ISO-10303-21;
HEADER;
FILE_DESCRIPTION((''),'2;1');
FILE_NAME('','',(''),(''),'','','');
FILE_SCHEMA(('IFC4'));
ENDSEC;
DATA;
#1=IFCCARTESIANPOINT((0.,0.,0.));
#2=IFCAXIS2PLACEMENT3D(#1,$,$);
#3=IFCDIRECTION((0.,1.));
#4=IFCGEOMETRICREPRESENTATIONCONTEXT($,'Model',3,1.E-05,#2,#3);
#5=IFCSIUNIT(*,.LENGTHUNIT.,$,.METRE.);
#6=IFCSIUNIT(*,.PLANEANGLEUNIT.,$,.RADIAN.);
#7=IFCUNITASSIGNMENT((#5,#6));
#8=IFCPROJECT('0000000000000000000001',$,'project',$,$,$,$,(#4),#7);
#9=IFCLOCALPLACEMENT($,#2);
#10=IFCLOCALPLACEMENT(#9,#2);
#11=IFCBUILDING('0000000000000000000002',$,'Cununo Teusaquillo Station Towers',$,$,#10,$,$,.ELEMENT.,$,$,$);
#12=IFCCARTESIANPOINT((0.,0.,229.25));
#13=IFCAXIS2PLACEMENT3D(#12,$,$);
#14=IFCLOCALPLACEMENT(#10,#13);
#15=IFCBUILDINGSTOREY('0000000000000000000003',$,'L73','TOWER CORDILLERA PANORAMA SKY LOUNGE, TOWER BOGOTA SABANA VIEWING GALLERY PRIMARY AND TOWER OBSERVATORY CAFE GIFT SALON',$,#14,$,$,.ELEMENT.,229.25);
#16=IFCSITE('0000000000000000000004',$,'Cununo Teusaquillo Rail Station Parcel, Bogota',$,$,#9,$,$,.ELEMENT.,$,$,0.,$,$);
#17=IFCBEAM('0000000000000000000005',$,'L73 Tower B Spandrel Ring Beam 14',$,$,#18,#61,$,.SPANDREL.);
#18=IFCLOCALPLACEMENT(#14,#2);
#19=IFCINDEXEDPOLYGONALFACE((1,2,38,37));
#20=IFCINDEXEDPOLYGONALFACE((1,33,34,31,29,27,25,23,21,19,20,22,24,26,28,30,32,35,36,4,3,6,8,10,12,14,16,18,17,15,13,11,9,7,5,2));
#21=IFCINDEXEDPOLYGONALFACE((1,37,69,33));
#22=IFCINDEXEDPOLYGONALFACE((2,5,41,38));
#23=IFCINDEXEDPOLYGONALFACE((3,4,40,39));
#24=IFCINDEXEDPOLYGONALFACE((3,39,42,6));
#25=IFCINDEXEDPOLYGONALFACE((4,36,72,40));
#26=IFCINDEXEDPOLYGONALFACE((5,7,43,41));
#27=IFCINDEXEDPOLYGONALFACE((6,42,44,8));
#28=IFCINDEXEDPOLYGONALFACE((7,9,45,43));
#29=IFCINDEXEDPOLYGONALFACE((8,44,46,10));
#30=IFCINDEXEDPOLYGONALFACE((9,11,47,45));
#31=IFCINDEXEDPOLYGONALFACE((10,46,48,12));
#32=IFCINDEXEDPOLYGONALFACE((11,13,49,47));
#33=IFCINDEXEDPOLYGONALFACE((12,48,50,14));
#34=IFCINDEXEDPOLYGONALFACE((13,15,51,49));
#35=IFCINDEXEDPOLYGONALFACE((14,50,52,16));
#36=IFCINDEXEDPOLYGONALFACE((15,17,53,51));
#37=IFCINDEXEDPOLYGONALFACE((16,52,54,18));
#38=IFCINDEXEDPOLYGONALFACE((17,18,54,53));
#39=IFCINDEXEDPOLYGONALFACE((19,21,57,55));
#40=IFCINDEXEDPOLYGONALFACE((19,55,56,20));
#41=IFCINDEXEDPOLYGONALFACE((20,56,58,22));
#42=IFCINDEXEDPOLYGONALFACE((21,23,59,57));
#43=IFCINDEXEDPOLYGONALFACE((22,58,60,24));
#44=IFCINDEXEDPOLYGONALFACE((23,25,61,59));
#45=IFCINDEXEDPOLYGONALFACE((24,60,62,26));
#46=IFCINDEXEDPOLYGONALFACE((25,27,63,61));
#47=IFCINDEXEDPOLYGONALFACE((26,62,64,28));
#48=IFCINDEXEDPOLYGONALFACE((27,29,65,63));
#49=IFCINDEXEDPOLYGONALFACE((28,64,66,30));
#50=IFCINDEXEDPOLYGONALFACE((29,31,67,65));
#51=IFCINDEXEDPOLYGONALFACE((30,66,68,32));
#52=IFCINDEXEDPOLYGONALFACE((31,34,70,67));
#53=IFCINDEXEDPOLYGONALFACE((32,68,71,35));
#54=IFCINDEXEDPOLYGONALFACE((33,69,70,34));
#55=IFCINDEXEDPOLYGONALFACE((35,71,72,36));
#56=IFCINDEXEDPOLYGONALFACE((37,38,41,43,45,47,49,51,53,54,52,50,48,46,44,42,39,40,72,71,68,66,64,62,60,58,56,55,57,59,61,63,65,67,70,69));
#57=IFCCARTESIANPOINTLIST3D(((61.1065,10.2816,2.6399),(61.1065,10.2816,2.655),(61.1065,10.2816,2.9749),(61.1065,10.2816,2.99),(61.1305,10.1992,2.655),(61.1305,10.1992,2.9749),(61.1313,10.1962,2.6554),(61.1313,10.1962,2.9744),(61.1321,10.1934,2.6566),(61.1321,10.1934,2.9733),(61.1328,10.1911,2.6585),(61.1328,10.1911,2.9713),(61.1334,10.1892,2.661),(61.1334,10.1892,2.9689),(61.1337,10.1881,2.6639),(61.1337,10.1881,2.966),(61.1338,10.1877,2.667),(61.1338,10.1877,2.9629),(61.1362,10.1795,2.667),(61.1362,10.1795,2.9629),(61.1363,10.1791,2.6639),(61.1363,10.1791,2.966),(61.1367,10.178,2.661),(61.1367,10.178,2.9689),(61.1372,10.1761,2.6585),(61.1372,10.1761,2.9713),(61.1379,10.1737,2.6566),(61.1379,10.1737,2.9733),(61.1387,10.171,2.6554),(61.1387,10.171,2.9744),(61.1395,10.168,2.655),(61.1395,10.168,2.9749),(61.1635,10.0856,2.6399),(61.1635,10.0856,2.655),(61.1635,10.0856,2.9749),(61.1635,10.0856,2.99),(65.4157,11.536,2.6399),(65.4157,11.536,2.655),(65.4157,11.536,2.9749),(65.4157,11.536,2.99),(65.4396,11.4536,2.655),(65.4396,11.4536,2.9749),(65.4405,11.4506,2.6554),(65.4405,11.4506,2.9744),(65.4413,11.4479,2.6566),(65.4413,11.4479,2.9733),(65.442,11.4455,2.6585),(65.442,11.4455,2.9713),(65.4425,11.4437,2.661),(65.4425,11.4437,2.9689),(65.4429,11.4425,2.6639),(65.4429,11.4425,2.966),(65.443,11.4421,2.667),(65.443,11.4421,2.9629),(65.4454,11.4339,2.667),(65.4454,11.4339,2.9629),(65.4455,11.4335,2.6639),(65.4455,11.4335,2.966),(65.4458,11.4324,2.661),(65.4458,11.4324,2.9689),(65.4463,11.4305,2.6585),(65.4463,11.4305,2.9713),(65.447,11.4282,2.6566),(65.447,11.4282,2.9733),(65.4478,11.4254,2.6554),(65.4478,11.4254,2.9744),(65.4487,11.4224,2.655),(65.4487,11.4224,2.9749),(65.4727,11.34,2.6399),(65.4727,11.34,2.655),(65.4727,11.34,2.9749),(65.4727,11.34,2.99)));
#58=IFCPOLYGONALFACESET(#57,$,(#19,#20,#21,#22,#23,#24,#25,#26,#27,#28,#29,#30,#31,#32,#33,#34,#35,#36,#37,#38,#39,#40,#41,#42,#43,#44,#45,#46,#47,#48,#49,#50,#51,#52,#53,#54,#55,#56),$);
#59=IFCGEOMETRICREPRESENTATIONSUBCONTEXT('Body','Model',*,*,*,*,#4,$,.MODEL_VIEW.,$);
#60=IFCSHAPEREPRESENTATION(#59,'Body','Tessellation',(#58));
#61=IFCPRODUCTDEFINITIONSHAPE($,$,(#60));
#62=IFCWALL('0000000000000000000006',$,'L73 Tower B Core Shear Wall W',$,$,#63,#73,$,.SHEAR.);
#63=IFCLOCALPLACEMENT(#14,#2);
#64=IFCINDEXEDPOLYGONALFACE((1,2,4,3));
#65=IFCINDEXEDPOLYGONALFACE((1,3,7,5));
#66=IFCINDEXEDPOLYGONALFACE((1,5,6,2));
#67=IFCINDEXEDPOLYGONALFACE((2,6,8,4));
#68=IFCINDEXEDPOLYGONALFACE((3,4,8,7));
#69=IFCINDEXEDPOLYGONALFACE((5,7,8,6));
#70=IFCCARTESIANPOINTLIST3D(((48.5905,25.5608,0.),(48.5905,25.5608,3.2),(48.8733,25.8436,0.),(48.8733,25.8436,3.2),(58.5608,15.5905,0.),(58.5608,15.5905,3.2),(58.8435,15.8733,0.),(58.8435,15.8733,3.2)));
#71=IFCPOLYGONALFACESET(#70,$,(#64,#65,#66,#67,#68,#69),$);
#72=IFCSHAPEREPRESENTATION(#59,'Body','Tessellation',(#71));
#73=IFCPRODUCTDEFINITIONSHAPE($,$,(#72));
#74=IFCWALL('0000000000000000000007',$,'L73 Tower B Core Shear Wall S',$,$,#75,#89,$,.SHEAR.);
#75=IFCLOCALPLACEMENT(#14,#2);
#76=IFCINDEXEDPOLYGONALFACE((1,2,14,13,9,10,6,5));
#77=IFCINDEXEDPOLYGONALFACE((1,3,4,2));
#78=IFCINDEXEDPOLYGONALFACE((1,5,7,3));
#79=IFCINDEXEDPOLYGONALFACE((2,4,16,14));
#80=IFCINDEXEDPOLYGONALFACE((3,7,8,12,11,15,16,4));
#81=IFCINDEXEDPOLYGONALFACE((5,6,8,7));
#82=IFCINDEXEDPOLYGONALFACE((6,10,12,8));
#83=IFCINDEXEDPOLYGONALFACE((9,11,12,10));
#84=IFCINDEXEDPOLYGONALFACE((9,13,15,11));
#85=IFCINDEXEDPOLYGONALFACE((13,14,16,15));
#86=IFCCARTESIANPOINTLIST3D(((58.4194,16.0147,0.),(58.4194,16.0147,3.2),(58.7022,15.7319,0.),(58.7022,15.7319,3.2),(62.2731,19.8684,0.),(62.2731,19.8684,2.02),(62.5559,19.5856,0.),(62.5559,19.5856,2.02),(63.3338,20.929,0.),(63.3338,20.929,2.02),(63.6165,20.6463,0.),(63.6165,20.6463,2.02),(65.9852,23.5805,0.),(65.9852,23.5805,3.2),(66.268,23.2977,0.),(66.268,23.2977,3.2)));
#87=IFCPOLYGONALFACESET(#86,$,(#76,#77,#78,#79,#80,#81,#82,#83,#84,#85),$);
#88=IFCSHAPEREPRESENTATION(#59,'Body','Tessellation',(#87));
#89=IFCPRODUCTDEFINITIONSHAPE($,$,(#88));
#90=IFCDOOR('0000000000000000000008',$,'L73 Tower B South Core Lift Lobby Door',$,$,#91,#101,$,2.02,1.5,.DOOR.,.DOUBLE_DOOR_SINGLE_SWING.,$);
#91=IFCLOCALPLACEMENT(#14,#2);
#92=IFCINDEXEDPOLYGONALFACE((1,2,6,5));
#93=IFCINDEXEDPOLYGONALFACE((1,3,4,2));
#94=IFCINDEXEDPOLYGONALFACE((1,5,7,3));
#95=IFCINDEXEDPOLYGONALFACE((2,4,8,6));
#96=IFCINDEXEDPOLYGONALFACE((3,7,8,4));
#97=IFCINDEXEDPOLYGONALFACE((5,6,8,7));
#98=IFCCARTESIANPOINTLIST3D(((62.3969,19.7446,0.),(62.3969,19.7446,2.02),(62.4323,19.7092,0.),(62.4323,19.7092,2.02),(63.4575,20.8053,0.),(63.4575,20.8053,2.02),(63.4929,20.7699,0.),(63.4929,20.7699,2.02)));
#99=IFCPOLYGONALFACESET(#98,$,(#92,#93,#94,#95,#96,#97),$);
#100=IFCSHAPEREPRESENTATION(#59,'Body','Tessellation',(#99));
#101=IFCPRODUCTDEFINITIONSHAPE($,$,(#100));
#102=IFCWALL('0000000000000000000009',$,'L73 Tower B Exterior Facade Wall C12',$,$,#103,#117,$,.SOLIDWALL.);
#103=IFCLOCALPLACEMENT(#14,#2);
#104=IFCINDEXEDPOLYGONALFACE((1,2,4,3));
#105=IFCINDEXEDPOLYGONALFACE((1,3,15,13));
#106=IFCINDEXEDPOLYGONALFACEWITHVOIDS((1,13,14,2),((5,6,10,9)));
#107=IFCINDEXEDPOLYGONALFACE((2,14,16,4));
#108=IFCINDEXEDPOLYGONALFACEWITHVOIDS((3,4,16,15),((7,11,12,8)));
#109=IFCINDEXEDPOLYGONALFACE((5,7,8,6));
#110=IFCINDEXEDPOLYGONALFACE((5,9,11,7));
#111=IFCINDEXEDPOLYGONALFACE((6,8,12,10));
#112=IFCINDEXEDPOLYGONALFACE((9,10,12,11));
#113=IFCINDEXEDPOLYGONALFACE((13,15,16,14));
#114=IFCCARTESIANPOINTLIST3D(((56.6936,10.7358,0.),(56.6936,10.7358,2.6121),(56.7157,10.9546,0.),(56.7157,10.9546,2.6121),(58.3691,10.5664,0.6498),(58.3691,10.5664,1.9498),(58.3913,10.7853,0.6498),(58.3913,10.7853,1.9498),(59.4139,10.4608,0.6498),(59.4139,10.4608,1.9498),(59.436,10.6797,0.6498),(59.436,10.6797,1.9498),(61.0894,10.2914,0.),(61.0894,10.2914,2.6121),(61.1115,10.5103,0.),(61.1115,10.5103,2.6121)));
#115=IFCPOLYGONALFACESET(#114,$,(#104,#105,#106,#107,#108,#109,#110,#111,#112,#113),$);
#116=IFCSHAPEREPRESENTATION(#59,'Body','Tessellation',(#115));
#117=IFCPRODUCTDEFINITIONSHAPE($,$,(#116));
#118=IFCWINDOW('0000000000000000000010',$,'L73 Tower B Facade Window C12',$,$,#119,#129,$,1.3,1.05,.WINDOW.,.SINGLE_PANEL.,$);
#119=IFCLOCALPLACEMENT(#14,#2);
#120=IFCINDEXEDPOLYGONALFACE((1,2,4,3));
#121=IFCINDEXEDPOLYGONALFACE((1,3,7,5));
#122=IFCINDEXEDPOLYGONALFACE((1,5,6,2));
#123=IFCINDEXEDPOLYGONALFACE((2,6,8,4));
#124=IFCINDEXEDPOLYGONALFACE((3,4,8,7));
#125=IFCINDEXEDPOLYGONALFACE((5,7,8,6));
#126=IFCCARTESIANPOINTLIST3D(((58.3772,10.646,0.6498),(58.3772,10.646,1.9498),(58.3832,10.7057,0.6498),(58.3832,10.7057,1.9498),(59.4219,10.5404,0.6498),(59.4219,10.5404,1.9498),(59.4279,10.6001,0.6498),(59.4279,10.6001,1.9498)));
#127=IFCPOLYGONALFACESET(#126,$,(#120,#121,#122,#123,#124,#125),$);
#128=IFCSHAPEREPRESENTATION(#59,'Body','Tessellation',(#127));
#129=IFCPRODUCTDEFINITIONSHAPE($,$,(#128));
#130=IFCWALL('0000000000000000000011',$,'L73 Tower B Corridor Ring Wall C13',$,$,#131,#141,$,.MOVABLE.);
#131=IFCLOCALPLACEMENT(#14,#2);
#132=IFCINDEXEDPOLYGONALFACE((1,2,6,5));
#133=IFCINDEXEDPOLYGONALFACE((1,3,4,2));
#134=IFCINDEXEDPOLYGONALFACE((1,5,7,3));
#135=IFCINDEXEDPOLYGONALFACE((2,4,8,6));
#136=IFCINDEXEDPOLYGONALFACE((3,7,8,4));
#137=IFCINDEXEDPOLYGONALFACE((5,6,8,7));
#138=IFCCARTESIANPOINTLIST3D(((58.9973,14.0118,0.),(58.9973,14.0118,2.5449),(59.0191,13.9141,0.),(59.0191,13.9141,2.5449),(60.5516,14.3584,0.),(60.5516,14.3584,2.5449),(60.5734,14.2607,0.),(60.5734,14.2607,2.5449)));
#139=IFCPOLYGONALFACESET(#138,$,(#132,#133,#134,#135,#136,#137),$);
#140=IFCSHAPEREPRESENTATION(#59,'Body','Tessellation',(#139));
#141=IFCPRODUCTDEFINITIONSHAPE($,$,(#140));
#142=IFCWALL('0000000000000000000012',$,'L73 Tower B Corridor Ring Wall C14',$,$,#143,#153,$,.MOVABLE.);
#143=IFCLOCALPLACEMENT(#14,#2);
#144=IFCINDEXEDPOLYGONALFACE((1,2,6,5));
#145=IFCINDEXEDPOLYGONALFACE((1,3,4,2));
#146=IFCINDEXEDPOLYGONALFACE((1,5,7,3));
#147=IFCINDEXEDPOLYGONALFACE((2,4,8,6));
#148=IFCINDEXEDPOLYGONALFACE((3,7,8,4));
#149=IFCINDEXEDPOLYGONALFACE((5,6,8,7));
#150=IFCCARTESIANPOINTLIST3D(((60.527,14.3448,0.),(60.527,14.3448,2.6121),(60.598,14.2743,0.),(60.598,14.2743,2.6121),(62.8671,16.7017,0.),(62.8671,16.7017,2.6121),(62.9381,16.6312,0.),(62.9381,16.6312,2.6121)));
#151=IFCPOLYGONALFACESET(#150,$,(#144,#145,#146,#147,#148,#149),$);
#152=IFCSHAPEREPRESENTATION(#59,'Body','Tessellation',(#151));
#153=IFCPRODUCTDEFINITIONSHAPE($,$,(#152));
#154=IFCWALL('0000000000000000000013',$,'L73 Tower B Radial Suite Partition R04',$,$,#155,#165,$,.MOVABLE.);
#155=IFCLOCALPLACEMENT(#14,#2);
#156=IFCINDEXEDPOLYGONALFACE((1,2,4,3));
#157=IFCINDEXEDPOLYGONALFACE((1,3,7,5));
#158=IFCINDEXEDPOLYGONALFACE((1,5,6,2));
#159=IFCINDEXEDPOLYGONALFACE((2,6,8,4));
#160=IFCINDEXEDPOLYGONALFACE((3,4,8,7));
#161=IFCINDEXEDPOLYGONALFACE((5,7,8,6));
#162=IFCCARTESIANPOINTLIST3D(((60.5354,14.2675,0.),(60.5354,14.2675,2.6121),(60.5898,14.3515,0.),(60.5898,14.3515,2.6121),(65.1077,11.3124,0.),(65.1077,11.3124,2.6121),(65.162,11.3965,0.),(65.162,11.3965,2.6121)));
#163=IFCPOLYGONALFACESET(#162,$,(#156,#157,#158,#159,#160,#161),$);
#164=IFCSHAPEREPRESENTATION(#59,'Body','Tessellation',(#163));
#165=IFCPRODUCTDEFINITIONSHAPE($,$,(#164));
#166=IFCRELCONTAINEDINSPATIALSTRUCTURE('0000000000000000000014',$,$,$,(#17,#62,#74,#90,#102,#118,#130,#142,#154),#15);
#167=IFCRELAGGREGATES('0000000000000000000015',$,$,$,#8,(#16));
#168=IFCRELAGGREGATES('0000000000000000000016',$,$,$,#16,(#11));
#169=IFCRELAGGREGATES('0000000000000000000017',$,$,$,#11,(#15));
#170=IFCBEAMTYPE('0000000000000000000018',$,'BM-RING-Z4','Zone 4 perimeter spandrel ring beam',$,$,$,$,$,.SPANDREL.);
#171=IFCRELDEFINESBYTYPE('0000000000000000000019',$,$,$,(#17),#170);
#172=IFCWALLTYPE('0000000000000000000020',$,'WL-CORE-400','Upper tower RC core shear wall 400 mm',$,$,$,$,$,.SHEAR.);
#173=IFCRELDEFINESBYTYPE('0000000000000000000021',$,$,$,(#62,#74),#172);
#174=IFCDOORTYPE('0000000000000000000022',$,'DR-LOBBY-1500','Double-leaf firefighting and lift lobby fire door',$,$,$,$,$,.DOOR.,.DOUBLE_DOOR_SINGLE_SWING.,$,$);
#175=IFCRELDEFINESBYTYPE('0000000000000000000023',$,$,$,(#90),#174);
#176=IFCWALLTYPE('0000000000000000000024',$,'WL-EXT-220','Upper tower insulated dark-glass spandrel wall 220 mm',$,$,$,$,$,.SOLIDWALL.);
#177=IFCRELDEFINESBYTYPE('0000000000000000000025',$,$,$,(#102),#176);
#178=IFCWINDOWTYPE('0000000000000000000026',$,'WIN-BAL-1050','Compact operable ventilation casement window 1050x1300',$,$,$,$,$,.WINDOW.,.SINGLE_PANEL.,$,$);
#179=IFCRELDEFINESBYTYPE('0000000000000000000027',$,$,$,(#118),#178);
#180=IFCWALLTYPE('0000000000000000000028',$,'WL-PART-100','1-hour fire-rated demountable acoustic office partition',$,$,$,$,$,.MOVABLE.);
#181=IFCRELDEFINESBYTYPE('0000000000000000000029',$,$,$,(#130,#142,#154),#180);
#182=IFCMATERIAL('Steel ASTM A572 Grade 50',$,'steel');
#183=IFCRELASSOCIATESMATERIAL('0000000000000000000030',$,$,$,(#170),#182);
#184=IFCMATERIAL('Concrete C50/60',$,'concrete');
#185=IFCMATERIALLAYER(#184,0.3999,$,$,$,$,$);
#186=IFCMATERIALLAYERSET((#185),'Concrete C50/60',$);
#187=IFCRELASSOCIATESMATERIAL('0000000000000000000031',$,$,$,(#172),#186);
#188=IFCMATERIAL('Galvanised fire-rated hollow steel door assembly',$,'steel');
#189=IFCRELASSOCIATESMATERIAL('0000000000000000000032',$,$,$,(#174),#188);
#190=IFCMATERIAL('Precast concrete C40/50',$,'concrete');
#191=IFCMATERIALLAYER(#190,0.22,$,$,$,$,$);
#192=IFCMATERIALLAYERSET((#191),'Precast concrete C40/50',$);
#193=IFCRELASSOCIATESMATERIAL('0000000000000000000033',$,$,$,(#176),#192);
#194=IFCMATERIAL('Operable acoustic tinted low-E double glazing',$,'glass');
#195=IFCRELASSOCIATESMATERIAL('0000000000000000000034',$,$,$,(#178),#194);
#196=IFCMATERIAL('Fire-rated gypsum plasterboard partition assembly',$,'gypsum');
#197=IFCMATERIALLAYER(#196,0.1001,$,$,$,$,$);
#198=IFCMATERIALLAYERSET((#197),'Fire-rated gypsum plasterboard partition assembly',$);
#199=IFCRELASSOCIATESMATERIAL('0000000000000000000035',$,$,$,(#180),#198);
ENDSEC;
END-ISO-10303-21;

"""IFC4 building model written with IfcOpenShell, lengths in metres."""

from ifc_helpers import new_model, si_unit, direction, frame, frame_2d, origin, origin_2d, place, context, subcontext, project, spatial, rectangle, i_section, extrude, source, transform, mapped, material, layer, layer_set, material_profile, profile_set, type_object, element, fill, save


model = new_model("IFC4")

# Units and contexts
model_context = context("Model", 3, precision=1e-05, world=origin(), true_north=direction((0.0, 1.0)))
body_context = subcontext(model_context, "Body", "Model", "MODEL_VIEW")
ifc_project = project(units=[si_unit("LENGTHUNIT", "METRE"), si_unit("PLANEANGLEUNIT", "RADIAN")], contexts=[model_context])

# Site, building, storey
site_placement = place(None, origin())
site = spatial("IfcSite", under=ifc_project, at=site_placement, Name="Cununo Teusaquillo Rail Station Parcel, Bogota", CompositionType="ELEMENT", RefElevation=0.0)
building_placement = place(site_placement, origin())
building = spatial("IfcBuilding", under=site, at=building_placement, Name="Cununo Teusaquillo Station Towers", CompositionType="ELEMENT")
storey_placement = place(building_placement, frame((0.0, 0.0, 229.25)))
storey = spatial("IfcBuildingStorey", under=building, at=storey_placement, Name="L73", Description="TOWER CORDILLERA PANORAMA SKY LOUNGE, TOWER BOGOTA SABANA VIEWING GALLERY PRIMARY AND TOWER OBSERVATORY CAFE GIFT SALON", CompositionType="ELEMENT", Elevation=229.25)

# Beam
ifc_material_1 = material(Name="Steel ASTM A572 Grade 50", Category="steel")
ifc_material_profile_1 = material_profile(ifc_material_1, i_section(OverallWidth=0.2041, OverallDepth=0.3501, WebThickness=0.0085, FlangeThickness=0.0151, FilletRadius=0.012, at=origin_2d()), Name="W14X48")
ifc_profile_set_1 = profile_set([ifc_material_profile_1], Name="Steel ASTM A572 Grade 50")
beam_type_1 = type_object("IfcBeamType", Name="BM-RING-Z4", Description="Zone 4 perimeter spandrel ring beam", PredefinedType="SPANDREL", material=ifc_profile_set_1)
beam_1_placement = place(storey_placement, frame((61.135, 10.1836, 2.8149), z_axis=(0.960145, 0.279503, 0.0), x_axis=(-0.279503, 0.960145, 0.0)))
element("IfcBeam", 1, at=beam_1_placement, inside=storey, type_object=beam_type_1, Name="L73 Tower B Spandrel Ring Beam 14", PredefinedType="SPANDREL", context=body_context, shape_type="SweptSolid", body=[
    extrude(i_section(OverallWidth=0.2041, OverallDepth=0.3501, WebThickness=0.0085, FlangeThickness=0.0151, FilletRadius=0.012, at=origin_2d()), origin(), (0.0, 0.0, 1.0), 4.488),
])

# Wall
ifc_material_2 = material(Name="Concrete C50/60", Category="concrete")
ifc_layer_1 = layer(ifc_material_2, 0.3999)
ifc_layer_set_1 = layer_set([ifc_layer_1], Name="Concrete C50/60")
wall_type_1 = type_object("IfcWallType", Name="WL-CORE-400", Description="Upper tower RC core shear wall 400 mm", PredefinedType="SHEAR", material=ifc_layer_set_1)
wall_1_placement = place(storey_placement, frame((58.7021, 15.7319, 0.0), z_axis=(0.0, 0.0, 1.0), x_axis=(-0.707107, 0.707107, 0.0)))
element("IfcWall", 2, at=wall_1_placement, inside=storey, type_object=wall_type_1, Name="L73 Tower B Core Shear Wall W", PredefinedType="SHEAR", context=body_context, shape_type="SweptSolid", body=[
    extrude(rectangle(XDim=14.1001, YDim=0.3999, at=frame_2d((7.05, 0.0))), origin(), (0.0, 0.0, 1.0), 3.2),
])

# Wall, opening, door
wall_2_placement = place(storey_placement, frame((58.5608, 15.8733, 0.0), z_axis=(0.0, 0.0, 1.0), x_axis=(0.707107, 0.707107, 0.0)))
wall_2 = element("IfcWall", 3, at=wall_2_placement, inside=storey, type_object=wall_type_1, Name="L73 Tower B Core Shear Wall S", PredefinedType="SHEAR", context=body_context, shape_type="SweptSolid", body=[
    extrude(rectangle(XDim=10.6997, YDim=0.3999, at=frame_2d((5.3499, 0.0))), origin(), (0.0, 0.0, 1.0), 3.2),
])
shared_shape_1 = source(origin(), body_context, "Body", "SweptSolid", [
    extrude(rectangle(XDim=1.5, YDim=2.02, at=frame_2d((0.75, 1.01))), frame((0.0, 0.21, 0.0), z_axis=(0.0, -1.0, 0.0), x_axis=(1.0, 0.0, 0.0)), (0.0, 0.0, 1.0), 0.4199),
])
opening_1_placement = place(wall_2_placement, frame((5.45, 0.0, 0.0)))
opening_1 = element("IfcOpeningElement", 4, at=opening_1_placement, cuts=wall_2, PredefinedType="OPENING", context=body_context, shape_type="MappedRepresentation", body=[
    mapped(shared_shape_1, transform((0.0, 0.0, 0.0), x_axis=(1.0, 0.0, 0.0), y_axis=(0.0, 1.0, 0.0), z_axis=(0.0, 0.0, 1.0), scale=1.0)),
])
ifc_material_3 = material(Name="Galvanised fire-rated hollow steel door assembly", Category="steel")
door_type_1 = type_object("IfcDoorType", Name="DR-LOBBY-1500", Description="Double-leaf firefighting and lift lobby fire door", OperationType="DOUBLE_DOOR_SINGLE_SWING", PredefinedType="DOOR", material=ifc_material_3)
shared_shape_2 = source(origin(), body_context, "Body", "SweptSolid", [
    extrude(rectangle(XDim=1.5, YDim=2.02, at=frame_2d((0.75, 1.01))), frame((0.0, 0.0249, 0.0), z_axis=(0.0, -1.0, 0.0), x_axis=(1.0, 0.0, 0.0)), (0.0, 0.0, 1.0), 0.05),
])
door_1_placement = place(opening_1_placement, origin())
door_1 = element("IfcDoor", 5, at=door_1_placement, inside=storey, type_object=door_type_1, Name="L73 Tower B South Core Lift Lobby Door", OperationType="DOUBLE_DOOR_SINGLE_SWING", OverallHeight=2.02, OverallWidth=1.5, PredefinedType="DOOR", context=body_context, shape_type="MappedRepresentation", body=[
    mapped(shared_shape_2, transform((0.0, 0.0, 0.0), x_axis=(1.0, 0.0, 0.0), y_axis=(0.0, 1.0, 0.0), z_axis=(0.0, 0.0, 1.0), scale=1.0)),
])
fill(opening_1, door_1)

# Wall, opening, window
ifc_material_4 = material(Name="Precast concrete C40/50", Category="concrete")
ifc_layer_2 = layer(ifc_material_4, 0.22)
ifc_layer_set_2 = layer_set([ifc_layer_2], Name="Precast concrete C40/50")
wall_type_2 = type_object("IfcWallType", Name="WL-EXT-220", Description="Upper tower insulated dark-glass spandrel wall 220 mm", PredefinedType="SOLIDWALL", material=ifc_layer_set_2)
wall_3_placement = place(storey_placement, frame((61.1003, 10.4009, 0.0), z_axis=(0.0, 0.0, 1.0), x_axis=(-0.99493, 0.100571, 0.0)))
wall_3 = element("IfcWall", 6, at=wall_3_placement, inside=storey, type_object=wall_type_2, Name="L73 Tower B Exterior Facade Wall C12", PredefinedType="SOLIDWALL", context=body_context, shape_type="SweptSolid", body=[
    extrude(rectangle(XDim=4.4182, YDim=0.22, at=frame_2d((2.209, 0.0))), origin(), (0.0, 0.0, 1.0), 2.6121),
])
shared_shape_3 = source(origin(), body_context, "Body", "SweptSolid", [
    extrude(rectangle(XDim=1.05, YDim=1.3, at=frame_2d((0.5249, 0.6499))), frame((0.0, 0.1199, 0.0), z_axis=(0.0, -1.0, 0.0), x_axis=(1.0, 0.0, 0.0)), (0.0, 0.0, 1.0), 0.24),
])
opening_2_placement = place(wall_3_placement, frame((1.6841, 0.0, 0.6499)))
opening_2 = element("IfcOpeningElement", 7, at=opening_2_placement, cuts=wall_3, PredefinedType="OPENING", context=body_context, shape_type="MappedRepresentation", body=[
    mapped(shared_shape_3, transform((0.0, 0.0, 0.0), x_axis=(1.0, 0.0, 0.0), y_axis=(0.0, 1.0, 0.0), z_axis=(0.0, 0.0, 1.0), scale=1.0)),
])
ifc_material_5 = material(Name="Operable acoustic tinted low-E double glazing", Category="glass")
window_type = type_object("IfcWindowType", Name="WIN-BAL-1050", Description="Compact operable ventilation casement window 1050x1300", PartitioningType="SINGLE_PANEL", PredefinedType="WINDOW", material=ifc_material_5)
shared_shape_4 = source(origin(), body_context, "Body", "SweptSolid", [
    extrude(rectangle(XDim=1.05, YDim=1.3, at=frame_2d((0.5249, 0.6499))), frame((0.0, 0.03, 0.0), z_axis=(0.0, -1.0, 0.0), x_axis=(1.0, 0.0, 0.0)), (0.0, 0.0, 1.0), 0.0601),
])
window_placement = place(opening_2_placement, origin())
window = element("IfcWindow", 8, at=window_placement, inside=storey, type_object=window_type, Name="L73 Tower B Facade Window C12", OverallHeight=1.3, OverallWidth=1.05, PartitioningType="SINGLE_PANEL", PredefinedType="WINDOW", context=body_context, shape_type="MappedRepresentation", body=[
    mapped(shared_shape_4, transform((0.0, 0.0, 0.0), x_axis=(1.0, 0.0, 0.0), y_axis=(0.0, 1.0, 0.0), z_axis=(0.0, 0.0, 1.0), scale=1.0)),
])
fill(opening_2, window)

# Walls
ifc_material_6 = material(Name="Fire-rated gypsum plasterboard partition assembly", Category="gypsum")
ifc_layer_3 = layer(ifc_material_6, 0.1001)
ifc_layer_set_3 = layer_set([ifc_layer_3], Name="Fire-rated gypsum plasterboard partition assembly")
wall_type_3 = type_object("IfcWallType", Name="WL-PART-100", Description="1-hour fire-rated demountable acoustic office partition", PredefinedType="MOVABLE", material=ifc_layer_set_3)
wall_4_placement = place(storey_placement, frame((59.0081, 13.9629, 0.0), z_axis=(0.0, 0.0, 1.0), x_axis=(0.976021, 0.217677, 0.0)))
element("IfcWall", 9, at=wall_4_placement, inside=storey, type_object=wall_type_3, Name="L73 Tower B Corridor Ring Wall C13", PredefinedType="MOVABLE", context=body_context, shape_type="SweptSolid", body=[
    extrude(rectangle(XDim=1.5925, YDim=0.1001, at=frame_2d((0.7964, 0.0))), origin(), (0.0, 0.0, 1.0), 2.5449),
])
wall_5_placement = place(storey_placement, frame((60.5625, 14.3096, 0.0), z_axis=(0.0, 0.0, 1.0), x_axis=(0.704566, 0.709638, 0.0)))
element("IfcWall", 10, at=wall_5_placement, inside=storey, type_object=wall_type_3, Name="L73 Tower B Corridor Ring Wall C14", PredefinedType="MOVABLE", context=body_context, shape_type="SweptSolid", body=[
    extrude(rectangle(XDim=3.3213, YDim=0.1001, at=frame_2d((1.6606, 0.0))), origin(), (0.0, 0.0, 1.0), 2.6121),
])
wall_6_placement = place(storey_placement, frame((60.5625, 14.3096, 0.0), z_axis=(0.0, 0.0, 1.0), x_axis=(0.839859, -0.542805, 0.0)))
element("IfcWall", 11, at=wall_6_placement, inside=storey, type_object=wall_type_3, Name="L73 Tower B Radial Suite Partition R04", PredefinedType="MOVABLE", context=body_context, shape_type="SweptSolid", body=[
    extrude(rectangle(XDim=5.4441, YDim=0.1001, at=frame_2d((2.7222, 0.0))), origin(), (0.0, 0.0, 1.0), 2.6121),
])

save(model, "model.ifc")
